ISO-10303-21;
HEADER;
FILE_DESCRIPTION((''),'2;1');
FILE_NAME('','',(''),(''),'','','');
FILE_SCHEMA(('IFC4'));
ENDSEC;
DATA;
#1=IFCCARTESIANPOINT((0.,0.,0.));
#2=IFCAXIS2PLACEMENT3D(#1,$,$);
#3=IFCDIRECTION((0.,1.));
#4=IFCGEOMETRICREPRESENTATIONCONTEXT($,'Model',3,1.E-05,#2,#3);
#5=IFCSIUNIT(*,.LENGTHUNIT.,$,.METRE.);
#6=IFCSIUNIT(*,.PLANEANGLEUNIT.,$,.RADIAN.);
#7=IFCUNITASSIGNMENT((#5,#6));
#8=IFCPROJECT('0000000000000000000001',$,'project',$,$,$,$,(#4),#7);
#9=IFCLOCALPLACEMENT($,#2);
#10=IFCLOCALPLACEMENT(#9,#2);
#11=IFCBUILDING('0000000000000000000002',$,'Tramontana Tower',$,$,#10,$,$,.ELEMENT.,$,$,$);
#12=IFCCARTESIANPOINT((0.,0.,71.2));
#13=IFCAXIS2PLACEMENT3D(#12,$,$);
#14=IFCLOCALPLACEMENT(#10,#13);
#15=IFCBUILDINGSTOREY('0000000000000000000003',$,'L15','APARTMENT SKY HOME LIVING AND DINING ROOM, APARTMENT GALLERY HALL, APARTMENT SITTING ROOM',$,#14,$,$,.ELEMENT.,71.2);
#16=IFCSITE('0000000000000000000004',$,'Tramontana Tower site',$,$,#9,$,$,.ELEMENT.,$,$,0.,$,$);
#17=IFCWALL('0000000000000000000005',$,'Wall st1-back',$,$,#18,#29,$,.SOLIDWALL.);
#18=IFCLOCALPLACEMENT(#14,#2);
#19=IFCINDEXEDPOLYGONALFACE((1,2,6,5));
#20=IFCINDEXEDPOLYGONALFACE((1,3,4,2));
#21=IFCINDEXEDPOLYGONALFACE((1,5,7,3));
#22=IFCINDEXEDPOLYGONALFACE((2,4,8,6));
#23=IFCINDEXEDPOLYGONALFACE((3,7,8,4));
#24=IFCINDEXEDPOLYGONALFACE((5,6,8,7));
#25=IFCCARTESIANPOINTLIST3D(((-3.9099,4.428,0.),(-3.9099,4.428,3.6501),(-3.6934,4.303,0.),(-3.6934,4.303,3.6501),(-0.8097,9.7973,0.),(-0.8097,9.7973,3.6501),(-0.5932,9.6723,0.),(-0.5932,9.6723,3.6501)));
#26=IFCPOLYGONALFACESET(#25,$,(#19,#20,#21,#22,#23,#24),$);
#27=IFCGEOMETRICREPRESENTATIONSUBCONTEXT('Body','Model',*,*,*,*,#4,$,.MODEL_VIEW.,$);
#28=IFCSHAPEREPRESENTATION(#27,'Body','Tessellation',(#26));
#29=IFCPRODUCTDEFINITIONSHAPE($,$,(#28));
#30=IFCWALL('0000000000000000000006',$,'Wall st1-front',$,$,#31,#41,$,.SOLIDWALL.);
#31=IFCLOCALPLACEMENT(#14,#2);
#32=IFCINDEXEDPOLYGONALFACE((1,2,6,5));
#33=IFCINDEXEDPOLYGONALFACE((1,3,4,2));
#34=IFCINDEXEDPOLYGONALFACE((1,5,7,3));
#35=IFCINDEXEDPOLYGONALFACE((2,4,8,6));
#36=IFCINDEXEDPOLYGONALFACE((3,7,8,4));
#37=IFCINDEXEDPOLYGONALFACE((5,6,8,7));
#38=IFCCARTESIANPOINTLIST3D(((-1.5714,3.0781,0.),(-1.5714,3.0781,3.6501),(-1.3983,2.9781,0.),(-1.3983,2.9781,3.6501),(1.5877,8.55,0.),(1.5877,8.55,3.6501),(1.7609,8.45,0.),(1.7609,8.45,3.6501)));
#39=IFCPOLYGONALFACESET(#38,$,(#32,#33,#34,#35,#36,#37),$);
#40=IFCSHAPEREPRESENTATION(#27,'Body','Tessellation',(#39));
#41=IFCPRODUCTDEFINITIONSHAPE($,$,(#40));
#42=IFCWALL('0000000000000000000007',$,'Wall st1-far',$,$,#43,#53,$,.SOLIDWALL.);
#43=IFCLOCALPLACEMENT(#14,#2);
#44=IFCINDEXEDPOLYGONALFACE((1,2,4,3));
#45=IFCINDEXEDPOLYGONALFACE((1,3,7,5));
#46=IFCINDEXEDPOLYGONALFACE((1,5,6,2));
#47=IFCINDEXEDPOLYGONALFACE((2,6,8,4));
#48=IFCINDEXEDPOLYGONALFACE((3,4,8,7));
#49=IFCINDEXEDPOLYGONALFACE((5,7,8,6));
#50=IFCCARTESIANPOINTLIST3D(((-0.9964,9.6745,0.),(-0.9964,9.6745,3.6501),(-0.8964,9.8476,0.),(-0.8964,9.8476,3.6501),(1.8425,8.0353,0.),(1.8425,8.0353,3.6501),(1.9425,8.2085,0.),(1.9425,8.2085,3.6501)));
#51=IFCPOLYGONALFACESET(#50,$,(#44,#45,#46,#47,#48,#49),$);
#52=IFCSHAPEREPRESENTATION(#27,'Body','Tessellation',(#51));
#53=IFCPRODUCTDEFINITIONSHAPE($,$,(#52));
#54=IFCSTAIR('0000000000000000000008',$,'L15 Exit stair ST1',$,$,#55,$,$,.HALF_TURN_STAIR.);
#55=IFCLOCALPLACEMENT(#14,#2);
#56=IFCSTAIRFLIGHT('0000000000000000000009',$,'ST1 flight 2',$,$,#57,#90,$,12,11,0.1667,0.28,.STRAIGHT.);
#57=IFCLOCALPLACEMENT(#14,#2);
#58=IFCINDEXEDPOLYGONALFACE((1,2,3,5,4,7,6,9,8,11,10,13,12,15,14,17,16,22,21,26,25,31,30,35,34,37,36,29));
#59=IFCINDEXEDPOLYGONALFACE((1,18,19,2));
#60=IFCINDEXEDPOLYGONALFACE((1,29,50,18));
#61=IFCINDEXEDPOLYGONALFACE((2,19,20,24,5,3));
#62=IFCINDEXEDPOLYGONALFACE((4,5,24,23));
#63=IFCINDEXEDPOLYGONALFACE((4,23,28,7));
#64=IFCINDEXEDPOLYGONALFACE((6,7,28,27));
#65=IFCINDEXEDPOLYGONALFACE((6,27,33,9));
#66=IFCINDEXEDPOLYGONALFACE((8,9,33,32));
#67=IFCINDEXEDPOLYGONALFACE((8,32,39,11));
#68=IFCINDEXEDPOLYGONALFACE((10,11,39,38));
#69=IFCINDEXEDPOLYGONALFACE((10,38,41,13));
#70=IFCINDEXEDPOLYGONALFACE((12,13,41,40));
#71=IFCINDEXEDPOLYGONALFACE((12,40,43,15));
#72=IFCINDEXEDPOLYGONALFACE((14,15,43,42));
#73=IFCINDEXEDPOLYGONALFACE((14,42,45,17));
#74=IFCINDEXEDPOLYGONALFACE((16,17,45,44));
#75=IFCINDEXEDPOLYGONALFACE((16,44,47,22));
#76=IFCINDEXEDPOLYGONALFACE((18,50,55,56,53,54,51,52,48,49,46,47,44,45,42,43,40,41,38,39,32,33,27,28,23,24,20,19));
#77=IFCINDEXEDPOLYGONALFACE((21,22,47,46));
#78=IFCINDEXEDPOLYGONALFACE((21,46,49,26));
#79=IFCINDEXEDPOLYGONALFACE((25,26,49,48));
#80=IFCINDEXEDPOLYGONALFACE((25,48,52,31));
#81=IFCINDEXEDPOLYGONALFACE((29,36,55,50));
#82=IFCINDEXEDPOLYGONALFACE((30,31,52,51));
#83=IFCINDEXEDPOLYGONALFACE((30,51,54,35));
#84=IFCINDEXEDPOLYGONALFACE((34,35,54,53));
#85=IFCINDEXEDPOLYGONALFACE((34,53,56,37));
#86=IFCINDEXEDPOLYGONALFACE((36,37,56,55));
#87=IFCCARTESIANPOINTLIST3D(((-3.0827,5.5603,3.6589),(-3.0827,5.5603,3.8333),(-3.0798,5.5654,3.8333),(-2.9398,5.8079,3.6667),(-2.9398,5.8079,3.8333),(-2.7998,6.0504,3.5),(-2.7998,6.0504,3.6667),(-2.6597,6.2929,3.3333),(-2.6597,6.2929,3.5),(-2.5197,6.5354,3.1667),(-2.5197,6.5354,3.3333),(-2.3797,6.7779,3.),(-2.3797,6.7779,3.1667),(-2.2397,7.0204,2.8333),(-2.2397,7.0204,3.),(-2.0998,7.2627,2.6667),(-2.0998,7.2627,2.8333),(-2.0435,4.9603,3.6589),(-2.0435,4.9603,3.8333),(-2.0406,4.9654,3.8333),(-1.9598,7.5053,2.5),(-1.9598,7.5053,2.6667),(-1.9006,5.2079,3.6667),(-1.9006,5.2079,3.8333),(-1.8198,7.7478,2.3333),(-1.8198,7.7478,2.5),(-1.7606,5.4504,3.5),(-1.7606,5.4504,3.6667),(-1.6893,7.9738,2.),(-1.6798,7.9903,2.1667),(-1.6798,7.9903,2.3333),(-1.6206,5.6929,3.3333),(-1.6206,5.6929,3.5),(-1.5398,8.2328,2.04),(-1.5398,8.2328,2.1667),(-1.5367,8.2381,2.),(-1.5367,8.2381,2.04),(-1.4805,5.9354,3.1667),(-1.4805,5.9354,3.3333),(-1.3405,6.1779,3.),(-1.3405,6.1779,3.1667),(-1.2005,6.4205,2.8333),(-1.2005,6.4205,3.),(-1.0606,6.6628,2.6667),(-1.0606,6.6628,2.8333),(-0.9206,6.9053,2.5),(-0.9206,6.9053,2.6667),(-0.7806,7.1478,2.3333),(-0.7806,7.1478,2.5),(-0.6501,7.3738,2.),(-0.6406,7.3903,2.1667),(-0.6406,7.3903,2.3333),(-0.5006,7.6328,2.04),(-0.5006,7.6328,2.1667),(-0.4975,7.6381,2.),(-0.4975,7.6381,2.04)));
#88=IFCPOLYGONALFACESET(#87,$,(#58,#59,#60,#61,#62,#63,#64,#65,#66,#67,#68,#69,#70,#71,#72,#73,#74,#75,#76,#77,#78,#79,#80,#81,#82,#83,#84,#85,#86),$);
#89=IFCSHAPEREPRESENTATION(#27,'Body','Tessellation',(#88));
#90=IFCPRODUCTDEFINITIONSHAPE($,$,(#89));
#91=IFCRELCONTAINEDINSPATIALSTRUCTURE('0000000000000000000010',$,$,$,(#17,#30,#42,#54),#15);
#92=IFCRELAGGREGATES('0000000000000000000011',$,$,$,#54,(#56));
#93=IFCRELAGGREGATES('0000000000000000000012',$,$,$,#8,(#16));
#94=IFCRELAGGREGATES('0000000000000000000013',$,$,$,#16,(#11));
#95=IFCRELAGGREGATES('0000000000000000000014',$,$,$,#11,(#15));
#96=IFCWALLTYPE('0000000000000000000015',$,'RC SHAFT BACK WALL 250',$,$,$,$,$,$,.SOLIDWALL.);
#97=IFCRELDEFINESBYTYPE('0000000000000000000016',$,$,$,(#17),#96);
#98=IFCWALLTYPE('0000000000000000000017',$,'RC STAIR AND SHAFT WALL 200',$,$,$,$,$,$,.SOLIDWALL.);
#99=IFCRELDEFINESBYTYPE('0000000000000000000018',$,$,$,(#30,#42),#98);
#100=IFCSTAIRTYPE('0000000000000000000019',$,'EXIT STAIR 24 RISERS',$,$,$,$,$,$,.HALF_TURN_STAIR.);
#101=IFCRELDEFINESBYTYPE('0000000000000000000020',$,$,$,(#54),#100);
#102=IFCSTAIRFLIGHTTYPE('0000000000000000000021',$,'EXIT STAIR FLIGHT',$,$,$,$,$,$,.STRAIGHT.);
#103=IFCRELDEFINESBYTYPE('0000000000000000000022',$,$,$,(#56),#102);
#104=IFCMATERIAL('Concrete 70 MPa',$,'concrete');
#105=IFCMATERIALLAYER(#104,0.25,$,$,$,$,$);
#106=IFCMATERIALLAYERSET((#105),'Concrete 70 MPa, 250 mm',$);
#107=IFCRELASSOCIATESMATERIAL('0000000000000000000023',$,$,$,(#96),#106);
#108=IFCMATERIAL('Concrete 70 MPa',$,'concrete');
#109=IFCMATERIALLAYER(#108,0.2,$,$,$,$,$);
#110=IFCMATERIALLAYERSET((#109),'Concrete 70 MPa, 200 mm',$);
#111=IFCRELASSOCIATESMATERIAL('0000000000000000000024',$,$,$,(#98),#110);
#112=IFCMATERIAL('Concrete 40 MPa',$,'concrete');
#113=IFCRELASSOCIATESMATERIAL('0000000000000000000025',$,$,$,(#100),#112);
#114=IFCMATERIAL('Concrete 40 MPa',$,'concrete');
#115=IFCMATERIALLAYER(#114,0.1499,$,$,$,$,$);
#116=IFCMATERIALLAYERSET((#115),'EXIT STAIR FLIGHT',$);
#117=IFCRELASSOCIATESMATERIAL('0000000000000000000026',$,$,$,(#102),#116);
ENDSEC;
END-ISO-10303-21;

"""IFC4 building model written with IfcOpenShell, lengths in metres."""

from ifc_helpers import new_model, si_unit, direction, frame, frame_2d, origin, place, context, subcontext, project, spatial, polyline, rectangle, outline, extrude, material, layer, layer_set, type_object, element, aggregate, save


model = new_model("IFC4")

# Units and contexts
model_context = context("Model", 3, precision=1e-05, world=origin(), true_north=direction((0.0, 1.0)))
body_context = subcontext(model_context, "Body", "Model", "MODEL_VIEW")
ifc_project = project(units=[si_unit("LENGTHUNIT", "METRE"), si_unit("PLANEANGLEUNIT", "RADIAN")], contexts=[model_context])

# Site, building, storey
site_placement = place(None, origin())
site = spatial("IfcSite", under=ifc_project, at=site_placement, Name="Tramontana Tower site", CompositionType="ELEMENT", RefElevation=0.0)
building_placement = place(site_placement, origin())
building = spatial("IfcBuilding", under=site, at=building_placement, Name="Tramontana Tower", CompositionType="ELEMENT")
storey_placement = place(building_placement, frame((0.0, 0.0, 71.2)))
storey = spatial("IfcBuildingStorey", under=building, at=storey_placement, Name="L15", Description="APARTMENT SKY HOME LIVING AND DINING ROOM, APARTMENT GALLERY HALL, APARTMENT SITTING ROOM", CompositionType="ELEMENT", Elevation=71.2)

# Walls
ifc_material_1 = material(Name="Concrete 70 MPa", Category="concrete")
ifc_layer_1 = layer(ifc_material_1, 0.25)
ifc_layer_set_1 = layer_set([ifc_layer_1], Name="Concrete 70 MPa, 250 mm")
wall_type_1 = type_object("IfcWallType", Name="RC SHAFT BACK WALL 250", PredefinedType="SOLIDWALL", material=ifc_layer_set_1)
wall_1_placement = place(storey_placement, frame((-0.7014, 9.7349, 0.0), z_axis=(0.0, 0.0, 1.0), x_axis=(-0.500027, -0.86601, 0.0)))
element("IfcWall", 1, at=wall_1_placement, inside=storey, type_object=wall_type_1, Name="Wall st1-back", PredefinedType="SOLIDWALL", context=body_context, shape_type="SweptSolid", body=[
    extrude(rectangle(XDim=6.2, YDim=0.25, at=frame_2d((3.1001, 0.0))), origin(), (0.0, 0.0, 1.0), 3.6501),
])
ifc_material_2 = material(Name="Concrete 70 MPa", Category="concrete")
ifc_layer_2 = layer(ifc_material_2, 0.2)
ifc_layer_set_2 = layer_set([ifc_layer_2], Name="Concrete 70 MPa, 200 mm")
wall_type_2 = type_object("IfcWallType", Name="RC STAIR AND SHAFT WALL 200", PredefinedType="SOLIDWALL", material=ifc_layer_set_2)
wall_2_placement = place(storey_placement, frame((1.6743, 8.5, 0.0), z_axis=(0.0, 0.0, 1.0), x_axis=(-0.499996, -0.866028, 0.0)))
element("IfcWall", 2, at=wall_2_placement, inside=storey, type_object=wall_type_2, Name="Wall st1-front", PredefinedType="SOLIDWALL", context=body_context, shape_type="SweptSolid", body=[
    extrude(rectangle(XDim=6.3184, YDim=0.2, at=frame_2d((3.1592, 0.0))), origin(), (0.0, 0.0, 1.0), 3.6501),
])
wall_3_placement = place(storey_placement, frame((1.8926, 8.1218, 0.0), z_axis=(0.0, 0.0, 1.0), x_axis=(-0.866007, 0.500032, 0.0)))
element("IfcWall", 3, at=wall_3_placement, inside=storey, type_object=wall_type_2, Name="Wall st1-far", PredefinedType="SOLIDWALL", context=body_context, shape_type="SweptSolid", body=[
    extrude(rectangle(XDim=3.2781, YDim=0.2, at=frame_2d((1.6392, 0.0))), origin(), (0.0, 0.0, 1.0), 3.6501),
])

# Stair, stair flight
ifc_material_3 = material(Name="Concrete 40 MPa", Category="concrete")
stair_type = type_object("IfcStairType", Name="EXIT STAIR 24 RISERS", PredefinedType="HALF_TURN_STAIR", material=ifc_material_3)
stair_placement = place(storey_placement, origin())
stair = element("IfcStair", 4, at=stair_placement, inside=storey, type_object=stair_type, Name="L15 Exit stair ST1", PredefinedType="HALF_TURN_STAIR")
ifc_material_4 = material(Name="Concrete 40 MPa", Category="concrete")
ifc_layer_3 = layer(ifc_material_4, 0.1499)
ifc_layer_set_3 = layer_set([ifc_layer_3], Name="EXIT STAIR FLIGHT")
stair_flight_type = type_object("IfcStairFlightType", Name="EXIT STAIR FLIGHT", PredefinedType="STRAIGHT", material=ifc_layer_set_3)
stair_flight_placement = place(storey_placement, frame((-1.0203, 7.9329, 2.0), z_axis=(0.0, 0.0, 1.0), x_axis=(-0.5, -0.866025, 0.0)))
stair_flight = element("IfcStairFlight", 5, at=stair_flight_placement, type_object=stair_flight_type, Name="ST1 flight 2", NumberOfRisers=12, NumberOfTreads=11, PredefinedType="STRAIGHT", RiserHeight=0.1667, TreadLength=0.28, context=body_context, shape_type="SweptSolid", body=[
    extrude(outline(polyline([(-0.0061, 0.0), (-0.0061, 0.04), (0.0, 0.04), (0.0, 0.1667), (0.28, 0.1667), (0.28, 0.3333), (0.5601, 0.3333), (0.5601, 0.5), (0.8401, 0.5), (0.8401, 0.6667), (1.1201, 0.6667), (1.1201, 0.8333), (1.3999, 0.8333), (1.3999, 1.0), (1.6799, 1.0), (1.6799, 1.1667), (1.96, 1.1667), (1.96, 1.3333), (2.24, 1.3333), (2.24, 1.5), (2.52, 1.5), (2.52, 1.6667), (2.8, 1.6667), (2.8, 1.8333), (3.0801, 1.8333), (3.0859, 1.8333), (3.0859, 1.6589), (0.2991, 0.0), (-0.0061, 0.0)])), frame((0.0, 0.6001, 0.0), z_axis=(0.0, -1.0, 0.0), x_axis=(1.0, 0.0, 0.0)), (0.0, 0.0, 1.0), 1.2),
])
aggregate(stair, [stair_flight])

save(model, "model.ifc")
